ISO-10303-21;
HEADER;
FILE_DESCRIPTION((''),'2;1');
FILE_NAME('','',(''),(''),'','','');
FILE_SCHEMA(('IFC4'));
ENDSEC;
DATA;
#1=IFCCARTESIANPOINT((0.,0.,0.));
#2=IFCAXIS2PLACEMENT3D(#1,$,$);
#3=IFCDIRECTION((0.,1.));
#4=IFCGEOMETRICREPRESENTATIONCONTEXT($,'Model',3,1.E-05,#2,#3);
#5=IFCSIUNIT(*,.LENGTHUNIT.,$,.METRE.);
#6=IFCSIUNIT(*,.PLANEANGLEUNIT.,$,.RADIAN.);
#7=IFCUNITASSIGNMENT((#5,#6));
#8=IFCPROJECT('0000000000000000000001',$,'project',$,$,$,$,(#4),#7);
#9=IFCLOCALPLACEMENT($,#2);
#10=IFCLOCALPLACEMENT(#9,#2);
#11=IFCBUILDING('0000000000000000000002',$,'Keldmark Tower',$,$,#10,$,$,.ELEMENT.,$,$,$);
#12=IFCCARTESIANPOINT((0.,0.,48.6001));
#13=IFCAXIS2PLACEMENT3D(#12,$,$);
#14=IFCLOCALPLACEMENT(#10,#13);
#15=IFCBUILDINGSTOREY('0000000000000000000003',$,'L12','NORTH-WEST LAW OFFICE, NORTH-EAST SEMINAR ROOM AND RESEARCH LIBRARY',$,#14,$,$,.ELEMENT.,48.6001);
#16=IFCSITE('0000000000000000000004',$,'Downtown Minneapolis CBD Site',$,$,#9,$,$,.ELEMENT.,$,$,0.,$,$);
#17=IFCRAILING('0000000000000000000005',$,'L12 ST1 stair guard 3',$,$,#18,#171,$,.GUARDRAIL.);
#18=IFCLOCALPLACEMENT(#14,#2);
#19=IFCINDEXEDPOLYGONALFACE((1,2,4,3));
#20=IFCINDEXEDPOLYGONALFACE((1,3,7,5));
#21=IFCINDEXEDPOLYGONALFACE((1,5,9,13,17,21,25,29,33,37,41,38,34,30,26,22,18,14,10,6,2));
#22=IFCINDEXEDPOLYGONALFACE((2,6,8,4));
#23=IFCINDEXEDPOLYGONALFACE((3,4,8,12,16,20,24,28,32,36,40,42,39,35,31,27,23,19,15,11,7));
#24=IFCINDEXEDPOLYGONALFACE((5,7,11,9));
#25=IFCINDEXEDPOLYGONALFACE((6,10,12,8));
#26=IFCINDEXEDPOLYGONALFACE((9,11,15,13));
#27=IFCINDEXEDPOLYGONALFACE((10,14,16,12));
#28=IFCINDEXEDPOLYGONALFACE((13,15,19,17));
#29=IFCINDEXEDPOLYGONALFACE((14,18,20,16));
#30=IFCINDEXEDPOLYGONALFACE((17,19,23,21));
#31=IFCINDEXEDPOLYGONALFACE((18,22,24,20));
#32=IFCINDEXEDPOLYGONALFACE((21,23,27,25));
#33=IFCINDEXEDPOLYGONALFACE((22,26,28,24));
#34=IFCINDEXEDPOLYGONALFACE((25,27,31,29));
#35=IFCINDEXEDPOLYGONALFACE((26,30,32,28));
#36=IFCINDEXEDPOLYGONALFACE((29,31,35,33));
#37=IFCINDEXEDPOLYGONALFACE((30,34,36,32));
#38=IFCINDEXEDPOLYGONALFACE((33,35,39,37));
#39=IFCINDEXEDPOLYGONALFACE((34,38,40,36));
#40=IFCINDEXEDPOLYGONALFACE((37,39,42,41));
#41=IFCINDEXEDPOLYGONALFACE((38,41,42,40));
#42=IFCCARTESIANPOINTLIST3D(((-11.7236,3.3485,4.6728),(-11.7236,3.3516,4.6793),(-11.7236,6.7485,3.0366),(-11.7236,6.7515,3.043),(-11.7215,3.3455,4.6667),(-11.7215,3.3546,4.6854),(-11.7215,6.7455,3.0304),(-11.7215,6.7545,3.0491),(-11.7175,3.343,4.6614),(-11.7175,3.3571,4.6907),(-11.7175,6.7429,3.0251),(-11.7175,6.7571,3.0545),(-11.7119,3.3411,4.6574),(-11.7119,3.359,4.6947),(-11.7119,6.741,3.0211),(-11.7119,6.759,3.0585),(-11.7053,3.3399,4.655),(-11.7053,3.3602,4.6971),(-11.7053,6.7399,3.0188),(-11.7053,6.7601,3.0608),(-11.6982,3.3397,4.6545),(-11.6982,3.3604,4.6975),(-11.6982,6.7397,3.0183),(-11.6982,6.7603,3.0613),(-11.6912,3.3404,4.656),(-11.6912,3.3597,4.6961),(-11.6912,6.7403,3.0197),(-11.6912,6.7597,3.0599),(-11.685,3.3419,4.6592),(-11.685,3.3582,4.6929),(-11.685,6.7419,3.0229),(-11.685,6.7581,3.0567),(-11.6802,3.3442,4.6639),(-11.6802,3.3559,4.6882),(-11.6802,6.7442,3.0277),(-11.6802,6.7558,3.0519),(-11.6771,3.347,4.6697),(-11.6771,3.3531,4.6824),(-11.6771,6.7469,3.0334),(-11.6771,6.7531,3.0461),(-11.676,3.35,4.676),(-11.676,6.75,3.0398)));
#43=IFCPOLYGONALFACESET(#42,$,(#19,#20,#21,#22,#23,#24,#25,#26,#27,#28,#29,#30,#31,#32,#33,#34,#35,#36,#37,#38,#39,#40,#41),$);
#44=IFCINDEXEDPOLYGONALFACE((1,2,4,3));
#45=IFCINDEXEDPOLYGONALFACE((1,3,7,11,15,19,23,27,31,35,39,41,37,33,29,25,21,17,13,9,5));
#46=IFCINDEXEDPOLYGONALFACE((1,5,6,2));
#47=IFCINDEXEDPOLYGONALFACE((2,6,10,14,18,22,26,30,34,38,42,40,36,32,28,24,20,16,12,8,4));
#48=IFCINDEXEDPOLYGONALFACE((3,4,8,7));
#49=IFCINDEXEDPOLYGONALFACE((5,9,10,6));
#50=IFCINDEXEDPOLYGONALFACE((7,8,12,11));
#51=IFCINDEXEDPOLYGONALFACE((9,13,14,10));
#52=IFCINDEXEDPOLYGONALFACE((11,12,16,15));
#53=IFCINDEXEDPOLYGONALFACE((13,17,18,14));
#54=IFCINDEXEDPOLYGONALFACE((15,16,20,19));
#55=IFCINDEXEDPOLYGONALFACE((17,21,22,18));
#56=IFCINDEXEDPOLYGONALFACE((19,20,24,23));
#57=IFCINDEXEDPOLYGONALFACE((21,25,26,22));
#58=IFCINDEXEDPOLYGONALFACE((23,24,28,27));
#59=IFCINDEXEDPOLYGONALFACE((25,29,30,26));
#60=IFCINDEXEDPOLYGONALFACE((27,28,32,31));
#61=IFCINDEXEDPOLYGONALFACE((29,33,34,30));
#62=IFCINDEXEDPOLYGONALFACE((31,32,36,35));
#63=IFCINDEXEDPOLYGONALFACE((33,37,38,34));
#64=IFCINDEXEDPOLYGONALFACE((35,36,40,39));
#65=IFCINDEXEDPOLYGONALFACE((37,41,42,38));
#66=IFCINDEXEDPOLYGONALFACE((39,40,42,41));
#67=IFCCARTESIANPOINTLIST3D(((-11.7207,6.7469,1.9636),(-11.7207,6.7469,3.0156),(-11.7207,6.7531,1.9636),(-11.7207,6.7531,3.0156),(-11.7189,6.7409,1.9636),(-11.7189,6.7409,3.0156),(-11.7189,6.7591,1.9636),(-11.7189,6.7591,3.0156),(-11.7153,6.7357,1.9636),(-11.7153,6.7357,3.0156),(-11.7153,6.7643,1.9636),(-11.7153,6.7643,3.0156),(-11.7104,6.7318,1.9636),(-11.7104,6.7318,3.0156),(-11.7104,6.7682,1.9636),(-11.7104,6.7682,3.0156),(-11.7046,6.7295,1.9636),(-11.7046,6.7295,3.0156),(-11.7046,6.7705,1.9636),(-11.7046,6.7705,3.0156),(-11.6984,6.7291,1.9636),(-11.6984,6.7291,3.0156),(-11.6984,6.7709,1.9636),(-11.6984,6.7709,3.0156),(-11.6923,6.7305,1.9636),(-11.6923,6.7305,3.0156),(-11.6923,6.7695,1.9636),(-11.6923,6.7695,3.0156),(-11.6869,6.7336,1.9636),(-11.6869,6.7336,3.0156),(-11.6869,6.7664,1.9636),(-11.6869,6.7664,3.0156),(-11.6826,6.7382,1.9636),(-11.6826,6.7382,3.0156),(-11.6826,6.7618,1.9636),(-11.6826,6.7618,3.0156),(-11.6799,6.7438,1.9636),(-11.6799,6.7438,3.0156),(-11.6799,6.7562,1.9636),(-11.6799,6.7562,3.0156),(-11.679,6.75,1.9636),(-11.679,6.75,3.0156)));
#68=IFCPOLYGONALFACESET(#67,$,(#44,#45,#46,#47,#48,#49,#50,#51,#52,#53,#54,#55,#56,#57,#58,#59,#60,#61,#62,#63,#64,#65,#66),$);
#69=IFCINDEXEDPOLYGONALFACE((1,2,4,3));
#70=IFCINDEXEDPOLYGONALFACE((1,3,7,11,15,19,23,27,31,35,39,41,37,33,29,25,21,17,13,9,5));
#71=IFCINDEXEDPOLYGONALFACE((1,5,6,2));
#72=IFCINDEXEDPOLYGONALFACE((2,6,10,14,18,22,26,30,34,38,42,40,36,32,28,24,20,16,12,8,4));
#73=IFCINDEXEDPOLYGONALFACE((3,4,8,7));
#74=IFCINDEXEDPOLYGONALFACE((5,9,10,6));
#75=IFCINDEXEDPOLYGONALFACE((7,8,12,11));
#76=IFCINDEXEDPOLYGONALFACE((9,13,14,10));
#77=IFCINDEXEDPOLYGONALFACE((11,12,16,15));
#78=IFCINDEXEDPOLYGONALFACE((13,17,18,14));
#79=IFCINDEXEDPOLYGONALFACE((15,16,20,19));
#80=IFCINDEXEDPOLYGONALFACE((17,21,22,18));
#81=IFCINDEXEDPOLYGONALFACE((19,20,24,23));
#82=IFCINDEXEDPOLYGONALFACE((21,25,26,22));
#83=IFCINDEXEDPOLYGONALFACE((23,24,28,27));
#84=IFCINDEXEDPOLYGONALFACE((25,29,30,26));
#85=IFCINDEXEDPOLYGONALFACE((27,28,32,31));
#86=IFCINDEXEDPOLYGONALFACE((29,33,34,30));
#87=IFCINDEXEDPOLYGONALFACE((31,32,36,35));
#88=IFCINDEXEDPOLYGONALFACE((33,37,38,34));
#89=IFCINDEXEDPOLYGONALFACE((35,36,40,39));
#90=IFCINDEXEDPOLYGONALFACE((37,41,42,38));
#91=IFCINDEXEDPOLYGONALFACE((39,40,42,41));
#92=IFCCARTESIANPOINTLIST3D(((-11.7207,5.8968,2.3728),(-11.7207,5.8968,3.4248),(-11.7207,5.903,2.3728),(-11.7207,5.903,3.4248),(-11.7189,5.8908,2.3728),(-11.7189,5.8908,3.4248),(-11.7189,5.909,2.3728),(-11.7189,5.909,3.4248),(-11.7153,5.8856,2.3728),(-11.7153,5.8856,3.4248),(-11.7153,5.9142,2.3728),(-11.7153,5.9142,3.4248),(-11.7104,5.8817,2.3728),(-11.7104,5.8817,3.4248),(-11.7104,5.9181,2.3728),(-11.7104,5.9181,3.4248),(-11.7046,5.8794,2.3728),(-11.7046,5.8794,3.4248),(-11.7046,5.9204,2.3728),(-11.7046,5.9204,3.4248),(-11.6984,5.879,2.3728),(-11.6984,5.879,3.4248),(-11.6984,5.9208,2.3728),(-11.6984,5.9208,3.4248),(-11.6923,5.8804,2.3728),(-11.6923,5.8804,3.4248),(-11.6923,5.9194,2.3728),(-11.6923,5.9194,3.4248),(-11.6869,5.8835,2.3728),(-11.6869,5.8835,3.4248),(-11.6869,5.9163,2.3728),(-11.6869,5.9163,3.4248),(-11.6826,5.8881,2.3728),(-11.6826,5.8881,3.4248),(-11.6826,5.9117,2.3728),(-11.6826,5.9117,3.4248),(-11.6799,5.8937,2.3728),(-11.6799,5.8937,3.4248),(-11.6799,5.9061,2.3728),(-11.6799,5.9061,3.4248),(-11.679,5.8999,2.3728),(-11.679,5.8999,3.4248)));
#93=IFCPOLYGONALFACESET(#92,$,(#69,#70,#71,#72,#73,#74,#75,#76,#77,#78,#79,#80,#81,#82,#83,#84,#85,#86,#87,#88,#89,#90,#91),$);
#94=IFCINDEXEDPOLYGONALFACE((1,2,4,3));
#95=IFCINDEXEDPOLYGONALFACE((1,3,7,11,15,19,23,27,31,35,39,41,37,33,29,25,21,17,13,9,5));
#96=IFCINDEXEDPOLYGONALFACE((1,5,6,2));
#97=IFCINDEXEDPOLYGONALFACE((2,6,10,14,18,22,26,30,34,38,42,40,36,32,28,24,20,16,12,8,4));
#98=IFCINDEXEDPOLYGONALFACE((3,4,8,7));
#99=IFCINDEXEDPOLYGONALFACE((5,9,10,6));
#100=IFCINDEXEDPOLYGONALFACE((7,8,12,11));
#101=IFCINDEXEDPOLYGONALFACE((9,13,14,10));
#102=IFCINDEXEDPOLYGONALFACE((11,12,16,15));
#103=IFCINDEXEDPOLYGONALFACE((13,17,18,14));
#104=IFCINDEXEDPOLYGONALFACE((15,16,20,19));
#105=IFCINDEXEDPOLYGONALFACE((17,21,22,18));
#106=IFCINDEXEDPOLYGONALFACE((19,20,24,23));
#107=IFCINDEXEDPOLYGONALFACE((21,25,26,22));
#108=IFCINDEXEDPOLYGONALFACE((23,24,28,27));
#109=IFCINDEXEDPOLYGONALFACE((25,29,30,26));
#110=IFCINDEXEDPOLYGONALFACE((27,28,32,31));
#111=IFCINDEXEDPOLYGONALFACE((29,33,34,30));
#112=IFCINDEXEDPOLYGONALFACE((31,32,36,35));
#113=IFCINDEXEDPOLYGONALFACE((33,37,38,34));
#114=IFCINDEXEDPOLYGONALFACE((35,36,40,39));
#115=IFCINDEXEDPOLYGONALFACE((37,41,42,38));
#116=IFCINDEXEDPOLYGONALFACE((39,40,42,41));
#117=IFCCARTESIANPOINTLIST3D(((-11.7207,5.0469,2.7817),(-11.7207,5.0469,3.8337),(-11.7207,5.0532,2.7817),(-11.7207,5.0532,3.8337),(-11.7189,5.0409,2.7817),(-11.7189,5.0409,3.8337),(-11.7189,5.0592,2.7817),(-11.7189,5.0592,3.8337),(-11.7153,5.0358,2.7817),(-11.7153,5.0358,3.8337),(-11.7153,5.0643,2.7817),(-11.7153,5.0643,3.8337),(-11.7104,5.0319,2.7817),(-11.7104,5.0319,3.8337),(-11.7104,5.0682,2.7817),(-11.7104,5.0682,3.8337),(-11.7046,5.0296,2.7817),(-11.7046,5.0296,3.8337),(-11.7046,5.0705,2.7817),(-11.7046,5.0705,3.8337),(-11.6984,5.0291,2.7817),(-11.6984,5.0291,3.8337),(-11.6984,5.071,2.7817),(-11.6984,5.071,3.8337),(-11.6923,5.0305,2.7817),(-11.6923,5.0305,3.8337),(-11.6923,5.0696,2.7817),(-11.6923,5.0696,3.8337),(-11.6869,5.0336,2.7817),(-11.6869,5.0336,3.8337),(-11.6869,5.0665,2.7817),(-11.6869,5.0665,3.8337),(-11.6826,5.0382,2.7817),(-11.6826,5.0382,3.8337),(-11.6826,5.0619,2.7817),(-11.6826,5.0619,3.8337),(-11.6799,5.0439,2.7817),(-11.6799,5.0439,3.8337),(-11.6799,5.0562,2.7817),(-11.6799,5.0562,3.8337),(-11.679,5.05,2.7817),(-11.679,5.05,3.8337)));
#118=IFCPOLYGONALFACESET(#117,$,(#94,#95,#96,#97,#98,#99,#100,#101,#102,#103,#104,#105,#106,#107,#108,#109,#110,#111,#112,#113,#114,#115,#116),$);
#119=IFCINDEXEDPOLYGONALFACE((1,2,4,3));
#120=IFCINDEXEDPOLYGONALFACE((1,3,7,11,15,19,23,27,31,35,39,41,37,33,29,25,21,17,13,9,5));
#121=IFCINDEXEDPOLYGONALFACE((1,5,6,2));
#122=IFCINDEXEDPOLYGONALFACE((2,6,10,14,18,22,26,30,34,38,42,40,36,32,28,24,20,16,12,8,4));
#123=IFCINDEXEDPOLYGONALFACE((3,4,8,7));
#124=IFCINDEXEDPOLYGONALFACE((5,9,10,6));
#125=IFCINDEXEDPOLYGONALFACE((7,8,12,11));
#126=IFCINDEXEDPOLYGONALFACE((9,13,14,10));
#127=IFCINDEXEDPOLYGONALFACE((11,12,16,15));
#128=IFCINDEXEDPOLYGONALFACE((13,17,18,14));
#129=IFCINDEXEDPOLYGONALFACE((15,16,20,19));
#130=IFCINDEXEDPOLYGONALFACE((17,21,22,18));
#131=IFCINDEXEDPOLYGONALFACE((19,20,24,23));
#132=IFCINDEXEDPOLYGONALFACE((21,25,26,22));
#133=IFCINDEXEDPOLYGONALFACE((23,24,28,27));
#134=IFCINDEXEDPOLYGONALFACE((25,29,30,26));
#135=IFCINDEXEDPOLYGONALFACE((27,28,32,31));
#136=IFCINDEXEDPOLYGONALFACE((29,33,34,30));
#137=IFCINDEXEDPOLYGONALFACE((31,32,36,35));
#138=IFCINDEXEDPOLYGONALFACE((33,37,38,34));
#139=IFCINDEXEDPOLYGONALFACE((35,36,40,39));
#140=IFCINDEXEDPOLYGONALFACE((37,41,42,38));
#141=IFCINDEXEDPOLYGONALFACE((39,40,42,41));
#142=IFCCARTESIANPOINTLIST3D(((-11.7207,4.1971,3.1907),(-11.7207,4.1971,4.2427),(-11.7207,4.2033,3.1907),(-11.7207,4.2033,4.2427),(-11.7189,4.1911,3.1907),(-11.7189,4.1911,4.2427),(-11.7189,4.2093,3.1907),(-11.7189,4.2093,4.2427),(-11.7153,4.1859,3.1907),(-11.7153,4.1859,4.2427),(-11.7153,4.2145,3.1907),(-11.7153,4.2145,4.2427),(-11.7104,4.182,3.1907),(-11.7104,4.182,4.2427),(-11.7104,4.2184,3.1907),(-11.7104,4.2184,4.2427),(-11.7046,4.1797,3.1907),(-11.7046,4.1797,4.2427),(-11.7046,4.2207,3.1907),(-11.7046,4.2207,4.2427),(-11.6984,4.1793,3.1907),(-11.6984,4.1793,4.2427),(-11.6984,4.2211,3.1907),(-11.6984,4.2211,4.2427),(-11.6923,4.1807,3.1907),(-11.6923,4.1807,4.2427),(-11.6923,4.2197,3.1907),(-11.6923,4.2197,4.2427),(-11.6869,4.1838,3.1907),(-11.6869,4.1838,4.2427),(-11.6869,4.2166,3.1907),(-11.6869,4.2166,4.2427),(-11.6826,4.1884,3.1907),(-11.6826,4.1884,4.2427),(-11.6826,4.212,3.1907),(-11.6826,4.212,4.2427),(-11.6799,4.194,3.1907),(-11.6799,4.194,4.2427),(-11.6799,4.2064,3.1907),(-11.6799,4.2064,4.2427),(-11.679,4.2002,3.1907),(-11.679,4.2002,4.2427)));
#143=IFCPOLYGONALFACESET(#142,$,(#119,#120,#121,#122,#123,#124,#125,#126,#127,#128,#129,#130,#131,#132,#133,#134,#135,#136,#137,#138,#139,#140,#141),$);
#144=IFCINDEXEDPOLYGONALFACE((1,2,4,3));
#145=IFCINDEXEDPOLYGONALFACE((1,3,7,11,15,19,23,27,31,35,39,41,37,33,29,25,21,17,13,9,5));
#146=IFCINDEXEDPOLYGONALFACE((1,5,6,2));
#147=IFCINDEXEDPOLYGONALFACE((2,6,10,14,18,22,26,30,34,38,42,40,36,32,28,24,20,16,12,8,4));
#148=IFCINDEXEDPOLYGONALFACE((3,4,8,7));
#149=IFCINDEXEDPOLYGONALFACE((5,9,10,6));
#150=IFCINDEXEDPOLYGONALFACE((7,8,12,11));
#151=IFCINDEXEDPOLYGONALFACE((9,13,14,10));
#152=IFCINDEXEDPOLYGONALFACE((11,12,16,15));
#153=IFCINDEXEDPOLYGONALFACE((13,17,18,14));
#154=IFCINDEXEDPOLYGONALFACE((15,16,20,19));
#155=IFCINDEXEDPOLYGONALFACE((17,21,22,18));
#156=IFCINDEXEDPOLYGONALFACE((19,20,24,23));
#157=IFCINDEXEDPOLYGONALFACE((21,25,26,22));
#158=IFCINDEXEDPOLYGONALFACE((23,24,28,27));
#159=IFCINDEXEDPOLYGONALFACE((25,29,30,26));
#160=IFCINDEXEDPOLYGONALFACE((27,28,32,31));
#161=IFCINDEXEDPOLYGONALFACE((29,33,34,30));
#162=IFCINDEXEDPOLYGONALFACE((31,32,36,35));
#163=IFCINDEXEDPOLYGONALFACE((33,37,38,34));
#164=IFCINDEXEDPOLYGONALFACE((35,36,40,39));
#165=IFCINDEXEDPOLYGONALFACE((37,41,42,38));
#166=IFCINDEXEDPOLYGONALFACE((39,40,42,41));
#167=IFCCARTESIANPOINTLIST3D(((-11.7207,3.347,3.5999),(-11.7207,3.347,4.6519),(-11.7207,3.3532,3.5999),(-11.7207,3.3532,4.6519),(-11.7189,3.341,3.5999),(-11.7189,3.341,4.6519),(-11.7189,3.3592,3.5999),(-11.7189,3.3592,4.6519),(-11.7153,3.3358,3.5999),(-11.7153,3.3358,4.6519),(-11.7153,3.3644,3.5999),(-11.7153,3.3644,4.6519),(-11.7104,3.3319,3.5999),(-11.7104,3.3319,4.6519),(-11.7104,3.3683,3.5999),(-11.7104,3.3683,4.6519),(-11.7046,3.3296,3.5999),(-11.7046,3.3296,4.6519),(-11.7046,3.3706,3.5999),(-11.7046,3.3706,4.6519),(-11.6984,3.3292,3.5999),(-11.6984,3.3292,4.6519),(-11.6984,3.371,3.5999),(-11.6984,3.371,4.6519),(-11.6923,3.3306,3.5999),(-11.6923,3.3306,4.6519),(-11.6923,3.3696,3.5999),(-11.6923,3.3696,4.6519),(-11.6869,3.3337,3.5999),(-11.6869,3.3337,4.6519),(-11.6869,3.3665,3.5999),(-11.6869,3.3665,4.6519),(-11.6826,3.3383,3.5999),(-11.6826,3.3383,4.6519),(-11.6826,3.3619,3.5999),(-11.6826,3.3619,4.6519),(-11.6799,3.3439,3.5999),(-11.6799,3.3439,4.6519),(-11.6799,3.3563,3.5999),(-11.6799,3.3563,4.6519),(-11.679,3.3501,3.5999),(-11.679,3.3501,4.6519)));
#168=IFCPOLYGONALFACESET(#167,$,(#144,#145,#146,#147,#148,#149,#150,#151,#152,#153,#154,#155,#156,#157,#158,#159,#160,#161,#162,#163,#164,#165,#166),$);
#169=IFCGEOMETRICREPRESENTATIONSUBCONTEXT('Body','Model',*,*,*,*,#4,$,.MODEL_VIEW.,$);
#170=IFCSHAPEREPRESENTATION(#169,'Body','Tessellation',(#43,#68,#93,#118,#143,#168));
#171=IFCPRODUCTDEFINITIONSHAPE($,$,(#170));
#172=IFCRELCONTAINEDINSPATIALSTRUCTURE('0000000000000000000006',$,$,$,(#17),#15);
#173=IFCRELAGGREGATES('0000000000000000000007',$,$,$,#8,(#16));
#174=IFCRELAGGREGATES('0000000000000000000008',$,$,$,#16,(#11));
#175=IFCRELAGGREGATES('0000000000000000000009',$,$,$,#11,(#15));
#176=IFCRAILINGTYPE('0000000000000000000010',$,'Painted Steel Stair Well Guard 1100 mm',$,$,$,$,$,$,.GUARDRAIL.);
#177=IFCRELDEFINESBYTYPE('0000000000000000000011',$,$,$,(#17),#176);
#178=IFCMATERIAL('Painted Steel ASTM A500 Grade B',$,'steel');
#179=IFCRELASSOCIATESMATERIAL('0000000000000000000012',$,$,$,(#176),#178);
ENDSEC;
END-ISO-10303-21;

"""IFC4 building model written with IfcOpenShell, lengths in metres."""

from ifc_helpers import new_model, si_unit, direction, frame, origin, origin_2d, place, context, subcontext, project, spatial, circle, extrude, material, type_object, element, save


model = new_model("IFC4")

# Units and contexts
model_context = context("Model", 3, precision=1e-05, world=origin(), true_north=direction((0.0, 1.0)))
body_context = subcontext(model_context, "Body", "Model", "MODEL_VIEW")
ifc_project = project(units=[si_unit("LENGTHUNIT", "METRE"), si_unit("PLANEANGLEUNIT", "RADIAN")], contexts=[model_context])

# Site, building, storey
site_placement = place(None, origin())
site = spatial("IfcSite", under=ifc_project, at=site_placement, Name="Downtown Minneapolis CBD Site", CompositionType="ELEMENT", RefElevation=0.0)
building_placement = place(site_placement, origin())
building = spatial("IfcBuilding", under=site, at=building_placement, Name="Keldmark Tower", CompositionType="ELEMENT")
storey_placement = place(building_placement, frame((0.0, 0.0, 48.6001)))
storey = spatial("IfcBuildingStorey", under=building, at=storey_placement, Name="L12", Description="NORTH-WEST LAW OFFICE, NORTH-EAST SEMINAR ROOM AND RESEARCH LIBRARY", CompositionType="ELEMENT", Elevation=48.6001)

# Railing
ifc_material_1 = material(Name="Painted Steel ASTM A500 Grade B", Category="steel")
railing_type_1 = type_object("IfcRailingType", Name="Painted Steel Stair Well Guard 1100 mm", PredefinedType="GUARDRAIL", material=ifc_material_1)
railing_1_placement = place(storey_placement, frame((-11.7, 6.75, 1.9636)))
element("IfcRailing", 1, at=railing_1_placement, inside=storey, type_object=railing_type_1, Name="L12 ST1 stair guard 3", PredefinedType="GUARDRAIL", context=body_context, shape_type="SweptSolid", body=[
    extrude(circle(Radius=0.0239, at=origin_2d()), frame((0.0, 0.0, 1.0762), z_axis=(0.0, -0.90108, 0.433652), x_axis=(1.0, 0.0, 0.0)), (0.0, 0.0, 1.0), 3.7732),
    extrude(circle(Radius=0.021, at=origin_2d()), origin(), (0.0, 0.0, 1.0), 1.052),
    extrude(circle(Radius=0.021, at=origin_2d()), frame((0.0, -0.8501, 0.4092)), (0.0, 0.0, 1.0), 1.052),
    extrude(circle(Radius=0.021, at=origin_2d()), frame((0.0, -1.7, 0.8181)), (0.0, 0.0, 1.0), 1.052),
    extrude(circle(Radius=0.021, at=origin_2d()), frame((0.0, -2.5498, 1.2271)), (0.0, 0.0, 1.0), 1.052),
    extrude(circle(Radius=0.021, at=origin_2d()), frame((0.0, -3.3999, 1.6362)), (0.0, 0.0, 1.0), 1.052),
])

save(model, "model.ifc")
